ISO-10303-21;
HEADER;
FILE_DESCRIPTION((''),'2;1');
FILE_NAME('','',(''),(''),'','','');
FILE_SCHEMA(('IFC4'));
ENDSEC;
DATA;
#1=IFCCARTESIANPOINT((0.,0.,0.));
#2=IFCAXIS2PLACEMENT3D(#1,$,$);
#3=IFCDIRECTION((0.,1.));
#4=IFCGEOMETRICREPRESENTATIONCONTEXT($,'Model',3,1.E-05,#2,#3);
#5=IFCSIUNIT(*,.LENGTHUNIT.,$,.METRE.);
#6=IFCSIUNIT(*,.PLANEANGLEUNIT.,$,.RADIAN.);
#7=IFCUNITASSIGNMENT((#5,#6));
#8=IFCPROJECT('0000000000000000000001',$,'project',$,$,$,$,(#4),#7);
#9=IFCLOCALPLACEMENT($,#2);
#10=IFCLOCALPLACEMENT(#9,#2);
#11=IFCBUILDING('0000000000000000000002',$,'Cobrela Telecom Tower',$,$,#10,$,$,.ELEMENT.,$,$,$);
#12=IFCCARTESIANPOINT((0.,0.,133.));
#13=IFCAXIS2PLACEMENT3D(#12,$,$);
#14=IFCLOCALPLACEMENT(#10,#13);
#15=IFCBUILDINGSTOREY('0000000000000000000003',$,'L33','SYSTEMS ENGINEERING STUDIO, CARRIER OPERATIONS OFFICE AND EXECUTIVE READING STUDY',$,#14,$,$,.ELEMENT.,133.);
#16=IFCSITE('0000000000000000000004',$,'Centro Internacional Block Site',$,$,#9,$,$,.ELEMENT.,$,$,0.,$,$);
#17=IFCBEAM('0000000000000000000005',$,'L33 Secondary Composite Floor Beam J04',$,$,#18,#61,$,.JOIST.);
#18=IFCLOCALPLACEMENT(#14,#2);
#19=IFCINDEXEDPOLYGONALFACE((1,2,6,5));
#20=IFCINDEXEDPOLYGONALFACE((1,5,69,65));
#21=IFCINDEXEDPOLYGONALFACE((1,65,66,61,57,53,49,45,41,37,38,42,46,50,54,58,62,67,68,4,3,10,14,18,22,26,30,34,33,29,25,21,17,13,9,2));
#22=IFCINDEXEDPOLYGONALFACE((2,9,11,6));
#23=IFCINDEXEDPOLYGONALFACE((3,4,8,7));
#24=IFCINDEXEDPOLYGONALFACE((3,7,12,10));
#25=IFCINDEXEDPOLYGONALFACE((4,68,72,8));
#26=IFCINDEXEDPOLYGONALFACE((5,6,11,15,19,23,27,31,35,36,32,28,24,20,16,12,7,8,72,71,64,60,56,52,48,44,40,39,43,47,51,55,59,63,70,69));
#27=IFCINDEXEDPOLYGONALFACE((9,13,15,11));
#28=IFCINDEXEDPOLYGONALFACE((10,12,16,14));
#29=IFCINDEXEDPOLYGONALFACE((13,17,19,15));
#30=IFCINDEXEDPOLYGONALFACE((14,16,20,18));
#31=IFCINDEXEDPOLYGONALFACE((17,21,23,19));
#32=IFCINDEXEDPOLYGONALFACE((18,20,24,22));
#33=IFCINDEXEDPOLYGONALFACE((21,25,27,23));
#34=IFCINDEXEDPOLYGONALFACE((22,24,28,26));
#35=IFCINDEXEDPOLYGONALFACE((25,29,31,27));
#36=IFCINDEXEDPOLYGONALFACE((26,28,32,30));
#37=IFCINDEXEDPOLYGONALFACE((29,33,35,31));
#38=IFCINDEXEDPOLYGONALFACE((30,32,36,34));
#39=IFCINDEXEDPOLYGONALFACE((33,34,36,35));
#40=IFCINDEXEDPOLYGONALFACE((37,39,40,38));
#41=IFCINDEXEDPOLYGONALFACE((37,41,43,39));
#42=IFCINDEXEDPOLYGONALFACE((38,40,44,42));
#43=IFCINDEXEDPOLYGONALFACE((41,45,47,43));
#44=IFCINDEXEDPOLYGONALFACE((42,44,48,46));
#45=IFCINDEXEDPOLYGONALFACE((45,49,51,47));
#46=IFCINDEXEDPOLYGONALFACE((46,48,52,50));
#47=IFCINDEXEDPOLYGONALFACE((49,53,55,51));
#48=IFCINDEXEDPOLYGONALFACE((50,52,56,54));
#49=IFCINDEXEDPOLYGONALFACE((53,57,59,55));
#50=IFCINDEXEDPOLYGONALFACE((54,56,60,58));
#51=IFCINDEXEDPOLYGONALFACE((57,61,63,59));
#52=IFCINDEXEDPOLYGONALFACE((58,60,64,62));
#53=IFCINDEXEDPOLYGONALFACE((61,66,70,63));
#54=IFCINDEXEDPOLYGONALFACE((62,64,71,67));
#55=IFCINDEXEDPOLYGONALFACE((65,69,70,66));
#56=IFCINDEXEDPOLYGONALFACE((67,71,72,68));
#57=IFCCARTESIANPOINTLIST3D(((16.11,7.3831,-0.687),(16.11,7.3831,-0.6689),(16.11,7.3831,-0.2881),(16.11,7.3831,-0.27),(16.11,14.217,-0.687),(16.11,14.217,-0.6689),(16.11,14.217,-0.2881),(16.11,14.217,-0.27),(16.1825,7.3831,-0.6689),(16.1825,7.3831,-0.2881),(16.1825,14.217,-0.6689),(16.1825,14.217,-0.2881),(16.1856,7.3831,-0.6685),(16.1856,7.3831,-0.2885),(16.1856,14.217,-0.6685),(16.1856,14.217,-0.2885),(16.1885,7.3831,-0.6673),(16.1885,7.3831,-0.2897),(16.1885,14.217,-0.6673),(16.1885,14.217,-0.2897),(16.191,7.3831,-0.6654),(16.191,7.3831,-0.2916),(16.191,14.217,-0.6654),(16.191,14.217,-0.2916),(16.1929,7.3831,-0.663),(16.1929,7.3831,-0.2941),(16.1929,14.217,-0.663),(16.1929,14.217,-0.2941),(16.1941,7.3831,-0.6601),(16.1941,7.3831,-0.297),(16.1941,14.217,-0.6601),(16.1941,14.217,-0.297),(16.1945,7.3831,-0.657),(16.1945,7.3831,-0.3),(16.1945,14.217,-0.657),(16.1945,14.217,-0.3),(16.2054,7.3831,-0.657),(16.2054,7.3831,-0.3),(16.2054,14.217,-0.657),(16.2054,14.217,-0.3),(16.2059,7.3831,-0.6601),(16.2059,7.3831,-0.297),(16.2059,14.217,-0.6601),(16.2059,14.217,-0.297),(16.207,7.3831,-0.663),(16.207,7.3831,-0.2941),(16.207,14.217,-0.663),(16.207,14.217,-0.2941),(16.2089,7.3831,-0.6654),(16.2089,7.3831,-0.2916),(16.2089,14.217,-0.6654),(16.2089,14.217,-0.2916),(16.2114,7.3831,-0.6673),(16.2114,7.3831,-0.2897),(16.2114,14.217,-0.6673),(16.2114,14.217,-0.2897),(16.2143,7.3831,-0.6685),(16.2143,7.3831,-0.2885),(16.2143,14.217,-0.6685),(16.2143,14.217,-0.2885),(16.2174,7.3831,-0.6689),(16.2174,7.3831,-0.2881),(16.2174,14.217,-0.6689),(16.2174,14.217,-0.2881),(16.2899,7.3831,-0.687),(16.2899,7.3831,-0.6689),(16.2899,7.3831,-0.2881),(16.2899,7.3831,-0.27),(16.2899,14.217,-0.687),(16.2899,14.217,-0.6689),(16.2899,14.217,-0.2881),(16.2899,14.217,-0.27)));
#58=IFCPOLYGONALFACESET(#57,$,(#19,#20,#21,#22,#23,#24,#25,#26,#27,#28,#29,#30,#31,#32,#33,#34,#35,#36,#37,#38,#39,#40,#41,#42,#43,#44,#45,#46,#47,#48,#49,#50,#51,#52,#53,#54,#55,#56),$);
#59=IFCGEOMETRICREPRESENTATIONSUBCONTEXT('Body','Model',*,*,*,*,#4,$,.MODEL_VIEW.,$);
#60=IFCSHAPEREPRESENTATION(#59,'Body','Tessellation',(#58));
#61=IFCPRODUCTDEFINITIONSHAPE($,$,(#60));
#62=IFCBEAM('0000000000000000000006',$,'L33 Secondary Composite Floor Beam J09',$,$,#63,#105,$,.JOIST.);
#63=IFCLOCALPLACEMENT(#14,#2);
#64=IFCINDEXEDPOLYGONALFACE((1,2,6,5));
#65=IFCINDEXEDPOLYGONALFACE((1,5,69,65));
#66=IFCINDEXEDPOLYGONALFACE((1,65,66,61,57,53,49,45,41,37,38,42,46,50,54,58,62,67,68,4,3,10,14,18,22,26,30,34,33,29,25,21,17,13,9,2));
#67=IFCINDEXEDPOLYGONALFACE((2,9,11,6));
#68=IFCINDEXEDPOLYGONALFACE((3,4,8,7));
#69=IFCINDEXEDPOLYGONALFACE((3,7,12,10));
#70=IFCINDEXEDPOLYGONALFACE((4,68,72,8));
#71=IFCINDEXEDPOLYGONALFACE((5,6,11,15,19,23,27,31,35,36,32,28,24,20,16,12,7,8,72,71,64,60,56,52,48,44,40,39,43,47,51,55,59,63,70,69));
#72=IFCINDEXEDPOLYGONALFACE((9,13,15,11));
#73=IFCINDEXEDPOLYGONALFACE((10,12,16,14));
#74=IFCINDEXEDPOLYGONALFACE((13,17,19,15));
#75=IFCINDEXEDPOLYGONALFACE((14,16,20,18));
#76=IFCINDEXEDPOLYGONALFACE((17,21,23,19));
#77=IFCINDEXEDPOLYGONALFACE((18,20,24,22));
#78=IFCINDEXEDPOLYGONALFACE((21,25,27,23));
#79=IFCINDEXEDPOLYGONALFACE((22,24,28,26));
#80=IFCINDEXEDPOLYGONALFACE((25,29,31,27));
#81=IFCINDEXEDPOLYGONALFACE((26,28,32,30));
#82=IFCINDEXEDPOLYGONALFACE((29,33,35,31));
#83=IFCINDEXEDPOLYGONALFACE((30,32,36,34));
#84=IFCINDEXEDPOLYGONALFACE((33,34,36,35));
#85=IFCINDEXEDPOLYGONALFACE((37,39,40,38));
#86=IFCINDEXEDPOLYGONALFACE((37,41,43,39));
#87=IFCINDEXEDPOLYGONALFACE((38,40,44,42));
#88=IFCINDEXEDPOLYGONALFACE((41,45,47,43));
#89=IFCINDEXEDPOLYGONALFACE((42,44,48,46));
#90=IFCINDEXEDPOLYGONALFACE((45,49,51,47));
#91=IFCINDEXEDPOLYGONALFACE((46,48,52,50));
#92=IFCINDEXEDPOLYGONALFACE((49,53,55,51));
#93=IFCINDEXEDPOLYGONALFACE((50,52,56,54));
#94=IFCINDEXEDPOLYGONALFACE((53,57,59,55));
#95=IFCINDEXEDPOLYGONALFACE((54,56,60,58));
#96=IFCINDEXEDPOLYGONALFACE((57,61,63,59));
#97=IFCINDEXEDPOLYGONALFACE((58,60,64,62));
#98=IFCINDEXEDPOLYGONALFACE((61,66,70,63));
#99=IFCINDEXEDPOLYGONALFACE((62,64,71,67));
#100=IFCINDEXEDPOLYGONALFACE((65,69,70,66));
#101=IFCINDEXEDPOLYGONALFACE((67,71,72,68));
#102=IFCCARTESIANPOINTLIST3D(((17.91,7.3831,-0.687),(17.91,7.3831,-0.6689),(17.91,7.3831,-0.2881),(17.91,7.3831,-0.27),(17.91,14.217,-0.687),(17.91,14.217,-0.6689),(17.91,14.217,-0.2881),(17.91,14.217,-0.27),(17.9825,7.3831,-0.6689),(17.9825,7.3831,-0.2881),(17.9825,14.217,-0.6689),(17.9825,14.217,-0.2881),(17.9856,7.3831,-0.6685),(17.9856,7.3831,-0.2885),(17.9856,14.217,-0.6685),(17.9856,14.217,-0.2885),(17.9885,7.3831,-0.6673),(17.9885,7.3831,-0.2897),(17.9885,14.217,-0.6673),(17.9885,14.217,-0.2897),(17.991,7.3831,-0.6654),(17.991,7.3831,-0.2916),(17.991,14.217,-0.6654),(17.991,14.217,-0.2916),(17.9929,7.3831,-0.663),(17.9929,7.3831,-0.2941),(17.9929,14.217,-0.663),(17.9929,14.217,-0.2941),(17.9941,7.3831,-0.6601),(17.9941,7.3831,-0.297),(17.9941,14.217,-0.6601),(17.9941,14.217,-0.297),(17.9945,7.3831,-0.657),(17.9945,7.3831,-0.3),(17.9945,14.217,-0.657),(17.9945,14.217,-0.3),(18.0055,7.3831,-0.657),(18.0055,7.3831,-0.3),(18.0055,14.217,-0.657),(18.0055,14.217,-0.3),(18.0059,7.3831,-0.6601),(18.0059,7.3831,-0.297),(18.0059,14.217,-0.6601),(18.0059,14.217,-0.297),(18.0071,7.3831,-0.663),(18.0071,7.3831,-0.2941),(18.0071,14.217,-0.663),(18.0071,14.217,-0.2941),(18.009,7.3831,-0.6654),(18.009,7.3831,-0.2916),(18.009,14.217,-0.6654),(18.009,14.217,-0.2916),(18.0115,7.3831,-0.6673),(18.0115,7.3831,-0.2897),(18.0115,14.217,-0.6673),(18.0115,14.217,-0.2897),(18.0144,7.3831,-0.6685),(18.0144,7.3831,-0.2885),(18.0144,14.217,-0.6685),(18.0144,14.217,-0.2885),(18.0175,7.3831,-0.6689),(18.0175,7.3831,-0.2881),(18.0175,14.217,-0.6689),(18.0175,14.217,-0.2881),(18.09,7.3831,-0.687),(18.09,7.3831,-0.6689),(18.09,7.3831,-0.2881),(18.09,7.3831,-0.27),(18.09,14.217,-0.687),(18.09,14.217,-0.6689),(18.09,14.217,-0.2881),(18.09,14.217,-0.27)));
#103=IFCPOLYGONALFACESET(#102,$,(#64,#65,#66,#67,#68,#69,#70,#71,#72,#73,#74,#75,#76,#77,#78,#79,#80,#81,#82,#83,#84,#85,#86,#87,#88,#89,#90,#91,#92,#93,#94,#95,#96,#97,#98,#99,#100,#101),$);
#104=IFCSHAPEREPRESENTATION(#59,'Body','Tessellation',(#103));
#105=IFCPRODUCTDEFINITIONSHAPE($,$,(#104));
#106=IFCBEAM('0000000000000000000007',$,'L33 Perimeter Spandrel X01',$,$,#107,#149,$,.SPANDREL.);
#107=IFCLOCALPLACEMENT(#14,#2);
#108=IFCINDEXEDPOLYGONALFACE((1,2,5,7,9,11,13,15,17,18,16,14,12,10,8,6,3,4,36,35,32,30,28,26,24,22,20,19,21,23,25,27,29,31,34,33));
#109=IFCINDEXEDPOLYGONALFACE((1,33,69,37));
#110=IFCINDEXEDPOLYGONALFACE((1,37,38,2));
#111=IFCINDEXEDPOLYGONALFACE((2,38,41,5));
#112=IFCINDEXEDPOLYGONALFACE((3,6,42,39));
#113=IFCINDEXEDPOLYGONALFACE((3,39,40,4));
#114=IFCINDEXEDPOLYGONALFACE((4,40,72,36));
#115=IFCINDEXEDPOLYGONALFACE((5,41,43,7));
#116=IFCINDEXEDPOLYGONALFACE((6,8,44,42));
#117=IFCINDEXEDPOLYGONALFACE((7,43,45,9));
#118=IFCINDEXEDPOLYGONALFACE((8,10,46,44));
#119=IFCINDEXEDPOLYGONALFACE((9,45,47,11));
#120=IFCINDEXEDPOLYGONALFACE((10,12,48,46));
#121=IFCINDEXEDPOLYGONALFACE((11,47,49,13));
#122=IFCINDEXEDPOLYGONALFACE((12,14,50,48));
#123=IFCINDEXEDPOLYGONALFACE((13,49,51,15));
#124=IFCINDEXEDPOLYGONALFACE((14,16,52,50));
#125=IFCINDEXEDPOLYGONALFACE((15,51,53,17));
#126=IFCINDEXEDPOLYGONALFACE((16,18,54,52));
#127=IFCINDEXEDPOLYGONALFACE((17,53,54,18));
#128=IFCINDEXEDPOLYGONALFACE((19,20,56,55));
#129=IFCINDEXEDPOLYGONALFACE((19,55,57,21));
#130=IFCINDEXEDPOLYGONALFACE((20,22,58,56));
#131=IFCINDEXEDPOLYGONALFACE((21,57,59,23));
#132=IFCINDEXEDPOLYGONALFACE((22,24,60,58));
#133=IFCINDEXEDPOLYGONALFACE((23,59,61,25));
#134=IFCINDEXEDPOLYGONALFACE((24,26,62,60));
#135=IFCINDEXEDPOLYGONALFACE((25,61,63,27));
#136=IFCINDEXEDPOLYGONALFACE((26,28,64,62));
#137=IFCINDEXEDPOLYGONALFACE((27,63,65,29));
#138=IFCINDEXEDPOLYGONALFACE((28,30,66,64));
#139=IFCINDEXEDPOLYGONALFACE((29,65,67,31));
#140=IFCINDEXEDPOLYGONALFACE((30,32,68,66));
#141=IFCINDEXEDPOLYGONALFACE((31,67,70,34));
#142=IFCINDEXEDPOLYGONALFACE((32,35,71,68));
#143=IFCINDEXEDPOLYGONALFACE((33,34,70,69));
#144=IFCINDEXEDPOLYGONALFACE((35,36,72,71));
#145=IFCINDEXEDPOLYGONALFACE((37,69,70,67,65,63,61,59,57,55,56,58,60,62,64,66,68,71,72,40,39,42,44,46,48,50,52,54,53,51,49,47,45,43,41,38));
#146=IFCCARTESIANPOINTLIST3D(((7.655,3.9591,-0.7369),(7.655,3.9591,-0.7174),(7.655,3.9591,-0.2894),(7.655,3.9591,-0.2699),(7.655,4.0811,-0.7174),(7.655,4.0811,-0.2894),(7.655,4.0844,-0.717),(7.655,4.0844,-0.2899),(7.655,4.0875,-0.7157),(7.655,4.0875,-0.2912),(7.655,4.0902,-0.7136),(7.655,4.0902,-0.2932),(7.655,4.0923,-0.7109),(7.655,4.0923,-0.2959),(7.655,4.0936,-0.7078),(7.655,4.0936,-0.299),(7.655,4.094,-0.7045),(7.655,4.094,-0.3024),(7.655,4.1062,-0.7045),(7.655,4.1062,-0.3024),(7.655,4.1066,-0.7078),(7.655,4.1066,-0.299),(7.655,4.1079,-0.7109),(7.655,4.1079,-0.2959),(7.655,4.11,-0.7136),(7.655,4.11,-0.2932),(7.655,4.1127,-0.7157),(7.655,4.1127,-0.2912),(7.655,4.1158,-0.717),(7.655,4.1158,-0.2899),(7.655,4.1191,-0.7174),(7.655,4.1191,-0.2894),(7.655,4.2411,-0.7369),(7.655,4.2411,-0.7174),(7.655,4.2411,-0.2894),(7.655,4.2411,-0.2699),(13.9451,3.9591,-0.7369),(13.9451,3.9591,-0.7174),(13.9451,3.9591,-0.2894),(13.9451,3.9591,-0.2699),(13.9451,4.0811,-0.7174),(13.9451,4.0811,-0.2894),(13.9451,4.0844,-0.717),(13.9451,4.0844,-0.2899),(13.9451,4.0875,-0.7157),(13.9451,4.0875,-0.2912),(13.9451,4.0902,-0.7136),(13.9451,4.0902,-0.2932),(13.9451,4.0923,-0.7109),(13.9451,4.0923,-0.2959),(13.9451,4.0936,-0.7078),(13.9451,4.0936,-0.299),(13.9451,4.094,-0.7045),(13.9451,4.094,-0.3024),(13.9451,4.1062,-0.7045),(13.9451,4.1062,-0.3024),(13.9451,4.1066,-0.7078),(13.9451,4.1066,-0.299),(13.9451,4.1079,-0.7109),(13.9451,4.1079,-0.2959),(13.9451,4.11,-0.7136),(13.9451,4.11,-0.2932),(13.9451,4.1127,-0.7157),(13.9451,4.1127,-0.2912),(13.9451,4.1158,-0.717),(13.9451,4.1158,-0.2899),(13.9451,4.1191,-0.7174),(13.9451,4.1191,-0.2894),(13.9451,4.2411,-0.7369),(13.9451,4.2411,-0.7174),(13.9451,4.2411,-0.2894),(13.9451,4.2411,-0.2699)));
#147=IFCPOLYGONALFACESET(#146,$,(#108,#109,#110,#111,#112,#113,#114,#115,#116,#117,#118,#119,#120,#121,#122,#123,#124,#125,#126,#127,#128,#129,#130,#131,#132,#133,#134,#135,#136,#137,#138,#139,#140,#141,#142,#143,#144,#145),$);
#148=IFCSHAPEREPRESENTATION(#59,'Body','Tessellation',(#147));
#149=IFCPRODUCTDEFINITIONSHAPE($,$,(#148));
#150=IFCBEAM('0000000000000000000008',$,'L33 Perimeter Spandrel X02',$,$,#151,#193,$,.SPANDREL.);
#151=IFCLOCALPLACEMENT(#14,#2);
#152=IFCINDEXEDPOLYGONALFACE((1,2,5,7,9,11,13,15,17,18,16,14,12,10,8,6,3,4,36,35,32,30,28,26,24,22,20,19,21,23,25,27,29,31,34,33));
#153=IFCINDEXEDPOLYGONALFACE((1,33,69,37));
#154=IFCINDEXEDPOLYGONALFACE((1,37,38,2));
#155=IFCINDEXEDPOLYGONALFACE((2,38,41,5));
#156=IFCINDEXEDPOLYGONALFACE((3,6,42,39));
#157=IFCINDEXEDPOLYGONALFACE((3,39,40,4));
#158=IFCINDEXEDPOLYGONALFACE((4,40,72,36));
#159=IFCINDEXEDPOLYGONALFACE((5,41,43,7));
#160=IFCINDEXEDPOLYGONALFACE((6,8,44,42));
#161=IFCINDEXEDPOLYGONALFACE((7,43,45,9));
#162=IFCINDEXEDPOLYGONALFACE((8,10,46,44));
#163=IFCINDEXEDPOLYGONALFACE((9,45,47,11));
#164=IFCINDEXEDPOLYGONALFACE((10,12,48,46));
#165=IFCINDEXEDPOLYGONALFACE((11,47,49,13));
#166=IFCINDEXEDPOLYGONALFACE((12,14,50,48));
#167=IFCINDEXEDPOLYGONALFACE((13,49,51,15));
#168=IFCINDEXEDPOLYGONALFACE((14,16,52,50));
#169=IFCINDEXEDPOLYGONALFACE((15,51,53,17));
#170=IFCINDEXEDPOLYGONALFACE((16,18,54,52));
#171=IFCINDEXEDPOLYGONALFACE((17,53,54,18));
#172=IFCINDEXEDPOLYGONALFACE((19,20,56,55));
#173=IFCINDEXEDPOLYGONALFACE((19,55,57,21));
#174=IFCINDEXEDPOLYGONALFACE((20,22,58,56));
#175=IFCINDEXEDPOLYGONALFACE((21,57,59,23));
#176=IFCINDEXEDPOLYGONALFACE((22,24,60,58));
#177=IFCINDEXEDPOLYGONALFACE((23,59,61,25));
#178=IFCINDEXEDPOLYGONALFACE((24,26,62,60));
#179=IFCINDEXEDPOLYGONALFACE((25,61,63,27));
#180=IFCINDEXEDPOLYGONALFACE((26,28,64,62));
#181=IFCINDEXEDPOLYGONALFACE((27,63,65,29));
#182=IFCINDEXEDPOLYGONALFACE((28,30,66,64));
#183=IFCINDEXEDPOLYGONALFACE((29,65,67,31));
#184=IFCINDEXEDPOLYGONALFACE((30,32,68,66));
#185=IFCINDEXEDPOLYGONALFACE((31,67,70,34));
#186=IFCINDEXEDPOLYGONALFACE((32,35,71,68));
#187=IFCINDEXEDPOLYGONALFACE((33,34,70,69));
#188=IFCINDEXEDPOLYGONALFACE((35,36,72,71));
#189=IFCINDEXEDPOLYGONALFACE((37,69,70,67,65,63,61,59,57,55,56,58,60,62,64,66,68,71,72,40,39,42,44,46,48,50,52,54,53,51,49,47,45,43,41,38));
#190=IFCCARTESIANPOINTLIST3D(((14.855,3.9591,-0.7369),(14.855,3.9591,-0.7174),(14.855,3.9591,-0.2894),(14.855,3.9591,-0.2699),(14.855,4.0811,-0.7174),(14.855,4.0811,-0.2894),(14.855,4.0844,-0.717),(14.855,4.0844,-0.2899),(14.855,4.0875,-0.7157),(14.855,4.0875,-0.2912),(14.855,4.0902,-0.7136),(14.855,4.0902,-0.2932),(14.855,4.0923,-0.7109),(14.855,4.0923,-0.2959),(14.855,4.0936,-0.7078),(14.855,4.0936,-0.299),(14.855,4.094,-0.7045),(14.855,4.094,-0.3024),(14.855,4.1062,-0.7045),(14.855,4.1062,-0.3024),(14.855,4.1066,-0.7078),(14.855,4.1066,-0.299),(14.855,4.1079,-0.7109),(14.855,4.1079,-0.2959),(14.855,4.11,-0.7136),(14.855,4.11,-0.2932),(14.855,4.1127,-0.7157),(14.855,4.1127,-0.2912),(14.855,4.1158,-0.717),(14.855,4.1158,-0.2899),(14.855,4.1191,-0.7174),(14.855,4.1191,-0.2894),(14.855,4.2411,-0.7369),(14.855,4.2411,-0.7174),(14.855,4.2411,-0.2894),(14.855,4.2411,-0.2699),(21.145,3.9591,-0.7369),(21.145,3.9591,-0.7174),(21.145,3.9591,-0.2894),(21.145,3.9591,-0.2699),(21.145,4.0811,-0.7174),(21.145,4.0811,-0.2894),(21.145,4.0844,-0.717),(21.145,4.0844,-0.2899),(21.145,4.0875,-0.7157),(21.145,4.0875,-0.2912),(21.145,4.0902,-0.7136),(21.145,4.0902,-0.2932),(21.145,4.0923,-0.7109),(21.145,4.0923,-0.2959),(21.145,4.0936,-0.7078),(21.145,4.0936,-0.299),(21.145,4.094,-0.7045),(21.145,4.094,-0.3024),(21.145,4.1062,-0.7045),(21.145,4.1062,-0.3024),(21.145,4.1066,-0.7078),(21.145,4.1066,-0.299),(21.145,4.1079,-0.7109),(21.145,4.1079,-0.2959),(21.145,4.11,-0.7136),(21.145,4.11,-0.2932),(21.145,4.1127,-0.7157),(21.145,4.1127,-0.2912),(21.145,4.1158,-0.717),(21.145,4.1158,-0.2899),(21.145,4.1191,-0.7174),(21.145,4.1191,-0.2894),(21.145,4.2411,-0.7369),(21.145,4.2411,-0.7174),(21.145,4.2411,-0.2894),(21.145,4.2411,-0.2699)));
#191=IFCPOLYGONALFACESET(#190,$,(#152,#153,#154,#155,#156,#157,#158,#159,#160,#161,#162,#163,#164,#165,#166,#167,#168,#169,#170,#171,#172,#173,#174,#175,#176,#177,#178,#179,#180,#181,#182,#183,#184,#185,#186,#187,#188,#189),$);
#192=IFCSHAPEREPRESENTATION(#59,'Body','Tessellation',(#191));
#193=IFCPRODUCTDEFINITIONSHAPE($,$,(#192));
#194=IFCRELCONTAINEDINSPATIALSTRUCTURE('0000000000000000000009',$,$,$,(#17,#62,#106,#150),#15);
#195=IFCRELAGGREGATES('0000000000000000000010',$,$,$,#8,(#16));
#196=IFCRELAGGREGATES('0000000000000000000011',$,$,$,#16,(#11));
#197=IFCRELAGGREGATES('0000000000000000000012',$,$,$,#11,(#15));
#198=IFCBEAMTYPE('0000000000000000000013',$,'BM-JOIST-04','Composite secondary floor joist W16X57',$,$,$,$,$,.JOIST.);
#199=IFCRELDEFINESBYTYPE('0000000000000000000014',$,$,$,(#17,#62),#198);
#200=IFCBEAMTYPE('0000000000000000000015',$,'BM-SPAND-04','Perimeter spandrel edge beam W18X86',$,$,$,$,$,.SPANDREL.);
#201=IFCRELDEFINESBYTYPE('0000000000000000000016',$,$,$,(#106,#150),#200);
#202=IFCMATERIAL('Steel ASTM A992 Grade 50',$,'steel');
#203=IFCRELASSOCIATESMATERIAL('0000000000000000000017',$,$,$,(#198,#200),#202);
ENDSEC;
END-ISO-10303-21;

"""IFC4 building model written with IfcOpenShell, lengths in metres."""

from ifc_helpers import new_model, si_unit, direction, frame, origin, origin_2d, place, context, subcontext, project, spatial, i_section, extrude, material, material_profile, profile_set, type_object, element, save


model = new_model("IFC4")

# Units and contexts
model_context = context("Model", 3, precision=1e-05, world=origin(), true_north=direction((0.0, 1.0)))
body_context = subcontext(model_context, "Body", "Model", "MODEL_VIEW")
ifc_project = project(units=[si_unit("LENGTHUNIT", "METRE"), si_unit("PLANEANGLEUNIT", "RADIAN")], contexts=[model_context])

# Site, building, storey
site_placement = place(None, origin())
site = spatial("IfcSite", under=ifc_project, at=site_placement, Name="Centro Internacional Block Site", CompositionType="ELEMENT", RefElevation=0.0)
building_placement = place(site_placement, origin())
building = spatial("IfcBuilding", under=site, at=building_placement, Name="Cobrela Telecom Tower", CompositionType="ELEMENT")
storey_placement = place(building_placement, frame((0.0, 0.0, 133.0)))
storey = spatial("IfcBuildingStorey", under=building, at=storey_placement, Name="L33", Description="SYSTEMS ENGINEERING STUDIO, CARRIER OPERATIONS OFFICE AND EXECUTIVE READING STUDY", CompositionType="ELEMENT", Elevation=133.0)

# Beams
ifc_material_1 = material(Name="Steel ASTM A992 Grade 50", Category="steel")
ifc_material_profile_1 = material_profile(ifc_material_1, i_section(OverallWidth=0.1799, OverallDepth=0.417, WebThickness=0.011, FlangeThickness=0.0181, FilletRadius=0.012, at=origin_2d()), Name="W16X57")
ifc_profile_set_1 = profile_set([ifc_material_profile_1], Name="Steel ASTM A992 Grade 50")
beam_type_1 = type_object("IfcBeamType", Name="BM-JOIST-04", Description="Composite secondary floor joist W16X57", PredefinedType="JOIST", material=ifc_profile_set_1)
for number, where, z_axis, x_axis, name in (
    (1, (16.2, 7.3831, -0.4785), (0.0, 1.0, 0.0), (-1.0, 0.0, 0.0), "L33 Secondary Composite Floor Beam J04"),
    (2, (18.0, 7.3831, -0.4785), (0.0, 1.0, 0.0), (-1.0, 0.0, 0.0), "L33 Secondary Composite Floor Beam J09"),
):
    element("IfcBeam", number, at=place(storey_placement, frame(where, z_axis=z_axis, x_axis=x_axis)), inside=storey, type_object=beam_type_1, Name=name, PredefinedType="JOIST", context=body_context, shape_type="SweptSolid", body=[
        extrude(i_section(OverallWidth=0.1799, OverallDepth=0.417, WebThickness=0.011, FlangeThickness=0.0181, FilletRadius=0.012, at=origin_2d()), origin(), (0.0, 0.0, 1.0), 6.834),
    ])
ifc_material_profile_2 = material_profile(ifc_material_1, i_section(OverallWidth=0.282, OverallDepth=0.467, WebThickness=0.0122, FlangeThickness=0.0195, FilletRadius=0.0129, at=origin_2d()), Name="W18X86")
ifc_profile_set_2 = profile_set([ifc_material_profile_2], Name="Steel ASTM A992 Grade 50")
beam_type_2 = type_object("IfcBeamType", Name="BM-SPAND-04", Description="Perimeter spandrel edge beam W18X86", PredefinedType="SPANDREL", material=ifc_profile_set_2)
for number, where, z_axis, x_axis, name in (
    (3, (7.655, 4.1001, -0.5034), (1.0, 0.0, 0.0), (0.0, 1.0, 0.0), "L33 Perimeter Spandrel X01"),
    (4, (14.855, 4.1001, -0.5034), (1.0, 0.0, 0.0), (0.0, 1.0, 0.0), "L33 Perimeter Spandrel X02"),
):
    element("IfcBeam", number, at=place(storey_placement, frame(where, z_axis=z_axis, x_axis=x_axis)), inside=storey, type_object=beam_type_2, Name=name, PredefinedType="SPANDREL", context=body_context, shape_type="SweptSolid", body=[
        extrude(i_section(OverallWidth=0.282, OverallDepth=0.467, WebThickness=0.0122, FlangeThickness=0.0195, FilletRadius=0.0129, at=origin_2d()), origin(), (0.0, 0.0, 1.0), 6.29),
    ])

save(model, "model.ifc")
